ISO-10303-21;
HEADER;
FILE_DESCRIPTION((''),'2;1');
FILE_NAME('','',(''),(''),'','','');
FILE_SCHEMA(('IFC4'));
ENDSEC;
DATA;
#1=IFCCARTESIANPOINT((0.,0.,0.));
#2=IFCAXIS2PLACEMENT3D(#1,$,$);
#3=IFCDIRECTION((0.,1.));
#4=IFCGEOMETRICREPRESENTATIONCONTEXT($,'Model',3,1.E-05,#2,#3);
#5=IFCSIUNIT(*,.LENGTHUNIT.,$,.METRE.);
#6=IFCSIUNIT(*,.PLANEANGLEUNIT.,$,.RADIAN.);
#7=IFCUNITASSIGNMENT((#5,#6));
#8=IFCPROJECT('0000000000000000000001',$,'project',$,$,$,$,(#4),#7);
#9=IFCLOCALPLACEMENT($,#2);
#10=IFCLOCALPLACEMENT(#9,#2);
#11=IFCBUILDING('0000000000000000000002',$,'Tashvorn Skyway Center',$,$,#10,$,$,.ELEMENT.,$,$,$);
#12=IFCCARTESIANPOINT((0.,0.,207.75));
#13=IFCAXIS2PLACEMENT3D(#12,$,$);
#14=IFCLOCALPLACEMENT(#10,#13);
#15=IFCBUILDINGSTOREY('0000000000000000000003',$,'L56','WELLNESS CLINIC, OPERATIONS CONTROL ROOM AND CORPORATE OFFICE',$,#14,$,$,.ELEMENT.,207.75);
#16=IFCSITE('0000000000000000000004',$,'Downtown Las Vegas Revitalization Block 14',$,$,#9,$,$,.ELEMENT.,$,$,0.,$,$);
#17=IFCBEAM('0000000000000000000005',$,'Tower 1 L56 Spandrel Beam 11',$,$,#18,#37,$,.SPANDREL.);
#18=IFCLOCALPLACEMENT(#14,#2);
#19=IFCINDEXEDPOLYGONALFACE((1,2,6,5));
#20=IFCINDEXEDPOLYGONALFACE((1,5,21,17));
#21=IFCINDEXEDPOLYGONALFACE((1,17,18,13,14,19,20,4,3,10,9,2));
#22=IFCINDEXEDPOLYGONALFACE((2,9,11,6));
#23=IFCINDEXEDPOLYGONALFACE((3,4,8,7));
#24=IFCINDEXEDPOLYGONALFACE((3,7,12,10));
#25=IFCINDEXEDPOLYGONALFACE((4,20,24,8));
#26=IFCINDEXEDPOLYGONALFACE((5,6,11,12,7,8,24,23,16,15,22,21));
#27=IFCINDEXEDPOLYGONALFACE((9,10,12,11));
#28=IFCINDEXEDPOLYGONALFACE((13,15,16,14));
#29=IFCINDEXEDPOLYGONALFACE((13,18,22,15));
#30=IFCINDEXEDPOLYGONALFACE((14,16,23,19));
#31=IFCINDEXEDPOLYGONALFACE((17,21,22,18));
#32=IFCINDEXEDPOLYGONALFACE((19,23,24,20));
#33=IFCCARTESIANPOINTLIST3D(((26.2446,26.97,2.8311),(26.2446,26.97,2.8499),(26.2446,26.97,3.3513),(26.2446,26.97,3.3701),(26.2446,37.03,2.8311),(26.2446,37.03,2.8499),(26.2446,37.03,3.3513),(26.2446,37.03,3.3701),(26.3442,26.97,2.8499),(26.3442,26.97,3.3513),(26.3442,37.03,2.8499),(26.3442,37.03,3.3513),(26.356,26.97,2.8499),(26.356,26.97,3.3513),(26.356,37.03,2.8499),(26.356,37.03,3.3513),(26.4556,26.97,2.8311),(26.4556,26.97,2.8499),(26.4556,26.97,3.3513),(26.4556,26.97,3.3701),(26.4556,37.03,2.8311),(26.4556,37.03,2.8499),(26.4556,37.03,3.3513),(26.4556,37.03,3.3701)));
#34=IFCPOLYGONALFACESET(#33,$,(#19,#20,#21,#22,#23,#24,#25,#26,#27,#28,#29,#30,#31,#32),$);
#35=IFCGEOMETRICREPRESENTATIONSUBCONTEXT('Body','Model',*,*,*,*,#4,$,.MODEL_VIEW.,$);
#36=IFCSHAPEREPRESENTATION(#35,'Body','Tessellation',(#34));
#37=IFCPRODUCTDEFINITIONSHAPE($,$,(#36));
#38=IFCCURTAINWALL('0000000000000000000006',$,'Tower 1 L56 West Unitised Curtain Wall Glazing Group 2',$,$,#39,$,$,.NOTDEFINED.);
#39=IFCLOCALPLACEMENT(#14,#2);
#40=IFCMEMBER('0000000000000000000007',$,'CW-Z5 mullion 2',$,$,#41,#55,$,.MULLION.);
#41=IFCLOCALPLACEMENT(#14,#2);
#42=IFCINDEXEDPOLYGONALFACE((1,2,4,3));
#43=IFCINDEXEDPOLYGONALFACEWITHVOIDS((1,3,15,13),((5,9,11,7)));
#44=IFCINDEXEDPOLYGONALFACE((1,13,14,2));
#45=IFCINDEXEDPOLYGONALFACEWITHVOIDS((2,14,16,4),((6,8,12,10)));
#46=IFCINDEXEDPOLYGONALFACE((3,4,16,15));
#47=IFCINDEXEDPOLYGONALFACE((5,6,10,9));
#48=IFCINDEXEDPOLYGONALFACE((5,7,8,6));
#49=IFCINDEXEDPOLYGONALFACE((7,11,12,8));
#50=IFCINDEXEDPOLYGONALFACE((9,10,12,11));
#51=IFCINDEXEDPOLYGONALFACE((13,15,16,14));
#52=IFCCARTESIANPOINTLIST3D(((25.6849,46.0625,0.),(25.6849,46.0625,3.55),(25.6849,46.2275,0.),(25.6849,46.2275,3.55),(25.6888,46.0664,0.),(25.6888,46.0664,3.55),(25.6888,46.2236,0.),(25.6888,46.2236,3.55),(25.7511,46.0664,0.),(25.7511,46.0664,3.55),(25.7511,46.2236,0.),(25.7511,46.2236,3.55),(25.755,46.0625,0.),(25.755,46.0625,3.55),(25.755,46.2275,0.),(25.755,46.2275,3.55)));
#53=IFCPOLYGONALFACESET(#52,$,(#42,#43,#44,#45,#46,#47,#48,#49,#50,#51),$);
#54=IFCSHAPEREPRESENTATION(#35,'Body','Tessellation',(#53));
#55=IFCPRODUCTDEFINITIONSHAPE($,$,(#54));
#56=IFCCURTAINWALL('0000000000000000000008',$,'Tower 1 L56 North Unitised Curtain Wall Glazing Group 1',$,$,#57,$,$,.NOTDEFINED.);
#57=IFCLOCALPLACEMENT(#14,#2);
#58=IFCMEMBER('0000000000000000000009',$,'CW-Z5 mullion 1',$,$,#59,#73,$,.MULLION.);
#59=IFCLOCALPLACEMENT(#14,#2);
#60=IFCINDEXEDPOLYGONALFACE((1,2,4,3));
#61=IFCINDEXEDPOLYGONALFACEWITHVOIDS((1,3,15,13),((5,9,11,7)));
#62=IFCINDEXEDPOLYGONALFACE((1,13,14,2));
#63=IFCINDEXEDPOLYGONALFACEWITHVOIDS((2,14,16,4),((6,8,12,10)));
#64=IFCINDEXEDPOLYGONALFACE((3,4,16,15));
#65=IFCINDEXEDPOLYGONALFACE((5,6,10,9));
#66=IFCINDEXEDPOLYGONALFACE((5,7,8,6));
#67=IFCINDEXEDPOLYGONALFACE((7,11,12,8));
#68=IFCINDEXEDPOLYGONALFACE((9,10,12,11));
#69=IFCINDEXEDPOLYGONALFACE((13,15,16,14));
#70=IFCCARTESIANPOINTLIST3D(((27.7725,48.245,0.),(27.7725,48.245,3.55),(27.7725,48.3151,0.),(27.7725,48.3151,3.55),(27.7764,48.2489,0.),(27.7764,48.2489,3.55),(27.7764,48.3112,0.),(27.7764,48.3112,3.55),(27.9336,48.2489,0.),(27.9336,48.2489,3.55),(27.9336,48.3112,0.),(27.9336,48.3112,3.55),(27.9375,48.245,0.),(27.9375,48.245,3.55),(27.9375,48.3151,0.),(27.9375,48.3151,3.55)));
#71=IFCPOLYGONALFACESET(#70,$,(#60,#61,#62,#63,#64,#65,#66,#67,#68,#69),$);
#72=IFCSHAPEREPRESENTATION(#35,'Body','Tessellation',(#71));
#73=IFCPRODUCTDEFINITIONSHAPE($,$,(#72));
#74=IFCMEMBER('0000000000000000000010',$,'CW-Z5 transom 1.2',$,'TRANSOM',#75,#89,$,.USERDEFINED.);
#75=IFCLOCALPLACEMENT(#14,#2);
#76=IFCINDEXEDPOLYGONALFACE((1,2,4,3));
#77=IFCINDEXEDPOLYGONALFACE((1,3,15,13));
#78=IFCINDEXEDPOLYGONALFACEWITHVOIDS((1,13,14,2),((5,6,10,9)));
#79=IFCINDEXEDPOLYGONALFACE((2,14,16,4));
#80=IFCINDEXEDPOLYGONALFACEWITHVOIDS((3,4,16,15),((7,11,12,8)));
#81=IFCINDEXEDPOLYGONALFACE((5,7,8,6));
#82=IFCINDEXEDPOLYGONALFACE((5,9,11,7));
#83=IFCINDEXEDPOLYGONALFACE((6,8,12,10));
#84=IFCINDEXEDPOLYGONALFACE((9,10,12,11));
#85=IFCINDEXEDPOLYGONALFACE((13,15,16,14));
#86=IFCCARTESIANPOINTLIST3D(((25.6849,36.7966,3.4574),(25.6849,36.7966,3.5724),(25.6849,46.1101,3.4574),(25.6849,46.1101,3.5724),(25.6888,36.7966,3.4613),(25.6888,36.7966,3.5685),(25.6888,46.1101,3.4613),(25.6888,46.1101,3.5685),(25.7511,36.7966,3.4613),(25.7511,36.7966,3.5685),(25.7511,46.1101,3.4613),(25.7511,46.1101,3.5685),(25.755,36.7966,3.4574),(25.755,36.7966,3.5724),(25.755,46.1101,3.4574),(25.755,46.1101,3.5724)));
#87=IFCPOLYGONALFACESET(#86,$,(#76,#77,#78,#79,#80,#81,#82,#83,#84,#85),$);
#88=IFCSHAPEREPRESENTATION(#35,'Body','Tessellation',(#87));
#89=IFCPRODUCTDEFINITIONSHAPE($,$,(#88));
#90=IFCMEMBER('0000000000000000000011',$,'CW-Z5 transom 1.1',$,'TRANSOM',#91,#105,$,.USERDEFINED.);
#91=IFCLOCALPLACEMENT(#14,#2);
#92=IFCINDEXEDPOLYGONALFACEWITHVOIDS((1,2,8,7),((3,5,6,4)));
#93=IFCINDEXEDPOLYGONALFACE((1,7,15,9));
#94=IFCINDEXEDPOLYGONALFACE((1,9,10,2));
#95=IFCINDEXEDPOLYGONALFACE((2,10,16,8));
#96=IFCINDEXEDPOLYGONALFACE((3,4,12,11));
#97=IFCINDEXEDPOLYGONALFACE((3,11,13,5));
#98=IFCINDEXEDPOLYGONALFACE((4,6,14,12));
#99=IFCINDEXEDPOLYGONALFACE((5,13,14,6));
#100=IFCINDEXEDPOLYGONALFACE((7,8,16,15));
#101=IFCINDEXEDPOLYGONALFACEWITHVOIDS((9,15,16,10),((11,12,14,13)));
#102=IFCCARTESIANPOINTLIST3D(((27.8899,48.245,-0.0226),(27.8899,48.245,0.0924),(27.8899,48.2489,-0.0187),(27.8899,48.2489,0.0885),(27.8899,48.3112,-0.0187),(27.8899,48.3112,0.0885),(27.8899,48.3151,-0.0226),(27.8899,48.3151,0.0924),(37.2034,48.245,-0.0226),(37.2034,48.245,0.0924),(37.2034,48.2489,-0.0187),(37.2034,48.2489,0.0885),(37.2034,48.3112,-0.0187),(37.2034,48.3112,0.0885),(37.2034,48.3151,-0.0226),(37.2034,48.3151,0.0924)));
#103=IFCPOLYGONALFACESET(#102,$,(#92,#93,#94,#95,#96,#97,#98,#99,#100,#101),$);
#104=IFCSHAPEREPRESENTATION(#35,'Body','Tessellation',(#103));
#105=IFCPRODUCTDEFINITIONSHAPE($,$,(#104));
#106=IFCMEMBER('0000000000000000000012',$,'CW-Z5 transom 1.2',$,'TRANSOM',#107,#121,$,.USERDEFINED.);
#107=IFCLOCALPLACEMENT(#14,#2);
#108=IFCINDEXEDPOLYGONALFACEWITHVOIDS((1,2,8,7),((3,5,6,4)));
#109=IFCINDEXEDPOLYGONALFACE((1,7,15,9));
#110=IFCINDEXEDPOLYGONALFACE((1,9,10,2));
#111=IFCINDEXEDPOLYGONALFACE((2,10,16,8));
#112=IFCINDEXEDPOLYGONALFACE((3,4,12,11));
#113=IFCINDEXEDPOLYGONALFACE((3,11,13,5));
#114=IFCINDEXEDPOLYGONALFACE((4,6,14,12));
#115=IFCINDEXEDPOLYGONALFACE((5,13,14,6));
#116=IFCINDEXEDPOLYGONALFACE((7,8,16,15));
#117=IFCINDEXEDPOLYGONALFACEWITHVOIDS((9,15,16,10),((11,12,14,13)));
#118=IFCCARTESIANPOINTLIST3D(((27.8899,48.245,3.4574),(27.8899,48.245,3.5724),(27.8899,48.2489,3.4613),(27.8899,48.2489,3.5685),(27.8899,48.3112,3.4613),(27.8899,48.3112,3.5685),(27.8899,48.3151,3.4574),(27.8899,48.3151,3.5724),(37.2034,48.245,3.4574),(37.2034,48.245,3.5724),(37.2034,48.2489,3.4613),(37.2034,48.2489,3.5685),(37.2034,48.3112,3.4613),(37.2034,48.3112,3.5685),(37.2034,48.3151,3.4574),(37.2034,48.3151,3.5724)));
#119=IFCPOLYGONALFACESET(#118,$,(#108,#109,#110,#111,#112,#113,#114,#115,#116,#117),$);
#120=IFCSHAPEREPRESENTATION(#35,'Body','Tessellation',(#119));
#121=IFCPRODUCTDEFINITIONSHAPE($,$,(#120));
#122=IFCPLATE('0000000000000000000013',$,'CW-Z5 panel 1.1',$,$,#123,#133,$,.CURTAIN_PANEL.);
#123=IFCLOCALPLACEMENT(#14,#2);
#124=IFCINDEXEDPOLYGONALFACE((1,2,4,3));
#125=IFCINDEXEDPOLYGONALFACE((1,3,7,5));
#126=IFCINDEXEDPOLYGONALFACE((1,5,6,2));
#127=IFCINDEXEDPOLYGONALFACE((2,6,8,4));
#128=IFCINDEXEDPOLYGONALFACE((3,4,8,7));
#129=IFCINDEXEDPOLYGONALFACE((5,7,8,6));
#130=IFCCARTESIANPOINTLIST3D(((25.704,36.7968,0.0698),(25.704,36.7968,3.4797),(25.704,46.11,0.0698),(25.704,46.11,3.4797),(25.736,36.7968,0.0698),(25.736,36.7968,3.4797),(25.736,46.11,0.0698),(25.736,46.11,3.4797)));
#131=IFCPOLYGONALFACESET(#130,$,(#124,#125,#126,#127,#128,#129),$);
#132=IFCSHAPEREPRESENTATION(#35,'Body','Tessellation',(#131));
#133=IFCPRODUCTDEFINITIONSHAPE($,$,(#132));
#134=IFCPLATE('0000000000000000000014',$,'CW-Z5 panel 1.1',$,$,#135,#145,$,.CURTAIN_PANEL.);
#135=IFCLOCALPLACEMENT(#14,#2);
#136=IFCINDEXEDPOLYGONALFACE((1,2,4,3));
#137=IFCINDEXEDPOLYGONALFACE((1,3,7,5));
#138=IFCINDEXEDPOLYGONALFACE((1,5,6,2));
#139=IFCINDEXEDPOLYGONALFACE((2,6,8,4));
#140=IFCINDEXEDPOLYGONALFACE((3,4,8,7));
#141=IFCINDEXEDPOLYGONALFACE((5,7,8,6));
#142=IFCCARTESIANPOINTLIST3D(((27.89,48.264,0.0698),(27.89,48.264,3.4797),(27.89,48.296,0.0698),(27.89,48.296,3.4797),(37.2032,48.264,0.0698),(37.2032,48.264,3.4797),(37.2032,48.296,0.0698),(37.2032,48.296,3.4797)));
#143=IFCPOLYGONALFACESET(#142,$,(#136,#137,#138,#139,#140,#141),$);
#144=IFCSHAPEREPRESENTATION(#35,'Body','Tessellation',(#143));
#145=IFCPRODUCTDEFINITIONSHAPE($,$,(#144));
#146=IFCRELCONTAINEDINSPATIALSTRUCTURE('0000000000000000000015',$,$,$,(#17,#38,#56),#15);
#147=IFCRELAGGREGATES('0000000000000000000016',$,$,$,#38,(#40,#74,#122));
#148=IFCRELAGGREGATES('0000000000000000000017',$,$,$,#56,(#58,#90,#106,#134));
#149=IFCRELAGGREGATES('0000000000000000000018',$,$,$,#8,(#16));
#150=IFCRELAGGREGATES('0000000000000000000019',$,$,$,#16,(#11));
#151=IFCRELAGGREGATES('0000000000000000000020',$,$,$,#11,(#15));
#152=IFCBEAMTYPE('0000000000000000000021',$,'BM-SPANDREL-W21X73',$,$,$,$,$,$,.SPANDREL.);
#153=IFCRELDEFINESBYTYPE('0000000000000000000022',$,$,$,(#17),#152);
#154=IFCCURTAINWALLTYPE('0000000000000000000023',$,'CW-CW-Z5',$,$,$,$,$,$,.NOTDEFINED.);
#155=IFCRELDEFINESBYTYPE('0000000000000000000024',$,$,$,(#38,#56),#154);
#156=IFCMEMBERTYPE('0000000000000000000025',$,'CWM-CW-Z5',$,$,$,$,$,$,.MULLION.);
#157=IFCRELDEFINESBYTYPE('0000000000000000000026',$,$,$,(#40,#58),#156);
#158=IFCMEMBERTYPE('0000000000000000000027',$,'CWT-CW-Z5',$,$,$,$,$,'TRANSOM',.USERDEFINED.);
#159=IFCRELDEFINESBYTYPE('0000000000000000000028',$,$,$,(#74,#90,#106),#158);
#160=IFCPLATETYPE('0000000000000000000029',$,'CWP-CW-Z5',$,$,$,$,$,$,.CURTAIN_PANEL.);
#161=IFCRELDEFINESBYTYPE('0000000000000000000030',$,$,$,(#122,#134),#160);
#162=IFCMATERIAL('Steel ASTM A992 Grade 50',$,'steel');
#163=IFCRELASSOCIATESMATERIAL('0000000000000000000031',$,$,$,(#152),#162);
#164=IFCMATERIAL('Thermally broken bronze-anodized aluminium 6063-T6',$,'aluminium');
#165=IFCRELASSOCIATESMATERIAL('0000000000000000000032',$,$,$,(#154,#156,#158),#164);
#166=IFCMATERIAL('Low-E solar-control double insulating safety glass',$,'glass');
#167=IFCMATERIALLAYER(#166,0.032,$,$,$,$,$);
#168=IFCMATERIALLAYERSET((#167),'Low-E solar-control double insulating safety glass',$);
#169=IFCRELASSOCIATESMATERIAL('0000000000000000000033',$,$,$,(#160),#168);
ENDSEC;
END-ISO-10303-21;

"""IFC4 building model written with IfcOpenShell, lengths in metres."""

from ifc_helpers import new_model, si_unit, direction, frame, origin, origin_2d, place, context, subcontext, project, spatial, rectangle, hollow_rectangle, i_section, extrude, material, layer, layer_set, material_profile, profile_set, type_object, element, aggregate, save


model = new_model("IFC4")

# Units and contexts
model_context = context("Model", 3, precision=1e-05, world=origin(), true_north=direction((0.0, 1.0)))
body_context = subcontext(model_context, "Body", "Model", "MODEL_VIEW")
ifc_project = project(units=[si_unit("LENGTHUNIT", "METRE"), si_unit("PLANEANGLEUNIT", "RADIAN")], contexts=[model_context])

# Site, building, storey
site_placement = place(None, origin())
site = spatial("IfcSite", under=ifc_project, at=site_placement, Name="Downtown Las Vegas Revitalization Block 14", CompositionType="ELEMENT", RefElevation=0.0)
building_placement = place(site_placement, origin())
building = spatial("IfcBuilding", under=site, at=building_placement, Name="Tashvorn Skyway Center", CompositionType="ELEMENT")
storey_placement = place(building_placement, frame((0.0, 0.0, 207.75)))
storey = spatial("IfcBuildingStorey", under=building, at=storey_placement, Name="L56", Description="WELLNESS CLINIC, OPERATIONS CONTROL ROOM AND CORPORATE OFFICE", CompositionType="ELEMENT", Elevation=207.75)

# Beam
ifc_material_1 = material(Name="Steel ASTM A992 Grade 50", Category="steel")
ifc_material_profile_1 = material_profile(ifc_material_1, i_section(OverallWidth=0.2109, OverallDepth=0.5391, WebThickness=0.0117, FlangeThickness=0.0188, at=origin_2d()), Name="W21X73")
ifc_profile_set_1 = profile_set([ifc_material_profile_1], Name="Steel ASTM A992 Grade 50")
beam_type_1 = type_object("IfcBeamType", Name="BM-SPANDREL-W21X73", PredefinedType="SPANDREL", material=ifc_profile_set_1)
beam_1_placement = place(storey_placement, frame((26.3501, 37.03, 3.1006), z_axis=(0.0, -1.0, 0.0), x_axis=(1.0, 0.0, 0.0)))
element("IfcBeam", 1, at=beam_1_placement, inside=storey, type_object=beam_type_1, Name="Tower 1 L56 Spandrel Beam 11", PredefinedType="SPANDREL", context=body_context, shape_type="SweptSolid", body=[
    extrude(i_section(OverallWidth=0.2109, OverallDepth=0.5391, WebThickness=0.0117, FlangeThickness=0.0188, at=origin_2d()), origin(), (0.0, 0.0, 1.0), 10.0601),
])

# Curtain walls, members
ifc_material_2 = material(Name="Thermally broken bronze-anodized aluminium 6063-T6", Category="aluminium")
curtain_wall_type = type_object("IfcCurtainWallType", Name="CW-CW-Z5", PredefinedType="NOTDEFINED", material=ifc_material_2)
curtain_wall_1_placement = place(storey_placement, origin())
curtain_wall_1 = element("IfcCurtainWall", 2, at=curtain_wall_1_placement, inside=storey, type_object=curtain_wall_type, Name="Tower 1 L56 West Unitised Curtain Wall Glazing Group 2", PredefinedType="NOTDEFINED")
ifc_material_profile_2 = material_profile(ifc_material_2, hollow_rectangle(XDim=0.0701, YDim=0.165, WallThickness=0.0039, at=origin_2d()), Name="ALU-MULL-70x165")
ifc_profile_set_2 = profile_set([ifc_material_profile_2], Name="Thermally broken bronze-anodized aluminium 6063-T6")
member_type_1 = type_object("IfcMemberType", Name="CWM-CW-Z5", PredefinedType="MULLION", material=ifc_profile_set_2)
member_1_placement = place(storey_placement, frame((25.72, 46.145, 0.0), z_axis=(0.0, 0.0, 1.0), x_axis=(-1.0, 0.0, 0.0)))
member_1 = element("IfcMember", 3, at=member_1_placement, type_object=member_type_1, Name="CW-Z5 mullion 2", PredefinedType="MULLION", context=body_context, shape_type="SweptSolid", body=[
    extrude(hollow_rectangle(XDim=0.0701, YDim=0.165, WallThickness=0.0039, at=origin_2d()), origin(), (0.0, 0.0, 1.0), 3.55),
])
curtain_wall_2_placement = place(storey_placement, origin())
curtain_wall_2 = element("IfcCurtainWall", 4, at=curtain_wall_2_placement, inside=storey, type_object=curtain_wall_type, Name="Tower 1 L56 North Unitised Curtain Wall Glazing Group 1", PredefinedType="NOTDEFINED")
member_2_placement = place(storey_placement, frame((27.855, 48.28, 0.0), z_axis=(0.0, 0.0, 1.0), x_axis=(0.0, 1.0, 0.0)))
member_2 = element("IfcMember", 5, at=member_2_placement, type_object=member_type_1, Name="CW-Z5 mullion 1", PredefinedType="MULLION", context=body_context, shape_type="SweptSolid", body=[
    extrude(hollow_rectangle(XDim=0.0701, YDim=0.165, WallThickness=0.0039, at=origin_2d()), origin(), (0.0, 0.0, 1.0), 3.55),
])

# Members
ifc_material_profile_3 = material_profile(ifc_material_2, hollow_rectangle(XDim=0.0701, YDim=0.115, WallThickness=0.0039, at=origin_2d()), Name="ALU-TRAN-70x115")
ifc_profile_set_3 = profile_set([ifc_material_profile_3], Name="Thermally broken bronze-anodized aluminium 6063-T6")
member_type_2 = type_object("IfcMemberType", Name="CWT-CW-Z5", ElementType="TRANSOM", PredefinedType="USERDEFINED", material=ifc_profile_set_3)
member_3_placement = place(storey_placement, frame((25.72, 36.7966, 3.5149), z_axis=(0.0, 1.0, 0.0), x_axis=(-1.0, 0.0, 0.0)))
member_3 = element("IfcMember", 6, at=member_3_placement, type_object=member_type_2, Name="CW-Z5 transom 1.2", ObjectType="TRANSOM", PredefinedType="USERDEFINED", context=body_context, shape_type="SweptSolid", body=[
    extrude(hollow_rectangle(XDim=0.0701, YDim=0.115, WallThickness=0.0039, at=origin_2d()), origin(), (0.0, 0.0, 1.0), 9.3135),
])
member_4_placement = place(storey_placement, frame((27.8899, 48.28, 0.0349), z_axis=(1.0, 0.0, 0.0), x_axis=(0.0, 1.0, 0.0)))
member_4 = element("IfcMember", 7, at=member_4_placement, type_object=member_type_2, Name="CW-Z5 transom 1.1", ObjectType="TRANSOM", PredefinedType="USERDEFINED", context=body_context, shape_type="SweptSolid", body=[
    extrude(hollow_rectangle(XDim=0.0701, YDim=0.115, WallThickness=0.0039, at=origin_2d()), origin(), (0.0, 0.0, 1.0), 9.3135),
])
member_5_placement = place(storey_placement, frame((27.8899, 48.28, 3.5149), z_axis=(1.0, 0.0, 0.0), x_axis=(0.0, 1.0, 0.0)))
member_5 = element("IfcMember", 8, at=member_5_placement, type_object=member_type_2, Name="CW-Z5 transom 1.2", ObjectType="TRANSOM", PredefinedType="USERDEFINED", context=body_context, shape_type="SweptSolid", body=[
    extrude(hollow_rectangle(XDim=0.0701, YDim=0.115, WallThickness=0.0039, at=origin_2d()), origin(), (0.0, 0.0, 1.0), 9.3135),
])

# Plates
ifc_material_3 = material(Name="Low-E solar-control double insulating safety glass", Category="glass")
ifc_layer_1 = layer(ifc_material_3, 0.032)
ifc_layer_set_1 = layer_set([ifc_layer_1], Name="Low-E solar-control double insulating safety glass")
plate_type = type_object("IfcPlateType", Name="CWP-CW-Z5", PredefinedType="CURTAIN_PANEL", material=ifc_layer_set_1)
plate_1_placement = place(storey_placement, frame((25.72, 41.4534, 0.0698), z_axis=(0.0, 0.0, 1.0), x_axis=(0.0, 1.0, 0.0)))
plate_1 = element("IfcPlate", 9, at=plate_1_placement, type_object=plate_type, Name="CW-Z5 panel 1.1", PredefinedType="CURTAIN_PANEL", context=body_context, shape_type="SweptSolid", body=[
    extrude(rectangle(XDim=9.3132, YDim=0.032, at=origin_2d()), origin(), (0.0, 0.0, 1.0), 3.4099),
])
aggregate(curtain_wall_1, [member_1, member_3, plate_1])
plate_2_placement = place(storey_placement, frame((32.5466, 48.28, 0.0698), z_axis=(0.0, 0.0, 1.0), x_axis=(1.0, 0.0, 0.0)))
plate_2 = element("IfcPlate", 10, at=plate_2_placement, type_object=plate_type, Name="CW-Z5 panel 1.1", PredefinedType="CURTAIN_PANEL", context=body_context, shape_type="SweptSolid", body=[
    extrude(rectangle(XDim=9.3132, YDim=0.032, at=origin_2d()), origin(), (0.0, 0.0, 1.0), 3.4099),
])
aggregate(curtain_wall_2, [member_2, member_4, member_5, plate_2])

save(model, "model.ifc")
